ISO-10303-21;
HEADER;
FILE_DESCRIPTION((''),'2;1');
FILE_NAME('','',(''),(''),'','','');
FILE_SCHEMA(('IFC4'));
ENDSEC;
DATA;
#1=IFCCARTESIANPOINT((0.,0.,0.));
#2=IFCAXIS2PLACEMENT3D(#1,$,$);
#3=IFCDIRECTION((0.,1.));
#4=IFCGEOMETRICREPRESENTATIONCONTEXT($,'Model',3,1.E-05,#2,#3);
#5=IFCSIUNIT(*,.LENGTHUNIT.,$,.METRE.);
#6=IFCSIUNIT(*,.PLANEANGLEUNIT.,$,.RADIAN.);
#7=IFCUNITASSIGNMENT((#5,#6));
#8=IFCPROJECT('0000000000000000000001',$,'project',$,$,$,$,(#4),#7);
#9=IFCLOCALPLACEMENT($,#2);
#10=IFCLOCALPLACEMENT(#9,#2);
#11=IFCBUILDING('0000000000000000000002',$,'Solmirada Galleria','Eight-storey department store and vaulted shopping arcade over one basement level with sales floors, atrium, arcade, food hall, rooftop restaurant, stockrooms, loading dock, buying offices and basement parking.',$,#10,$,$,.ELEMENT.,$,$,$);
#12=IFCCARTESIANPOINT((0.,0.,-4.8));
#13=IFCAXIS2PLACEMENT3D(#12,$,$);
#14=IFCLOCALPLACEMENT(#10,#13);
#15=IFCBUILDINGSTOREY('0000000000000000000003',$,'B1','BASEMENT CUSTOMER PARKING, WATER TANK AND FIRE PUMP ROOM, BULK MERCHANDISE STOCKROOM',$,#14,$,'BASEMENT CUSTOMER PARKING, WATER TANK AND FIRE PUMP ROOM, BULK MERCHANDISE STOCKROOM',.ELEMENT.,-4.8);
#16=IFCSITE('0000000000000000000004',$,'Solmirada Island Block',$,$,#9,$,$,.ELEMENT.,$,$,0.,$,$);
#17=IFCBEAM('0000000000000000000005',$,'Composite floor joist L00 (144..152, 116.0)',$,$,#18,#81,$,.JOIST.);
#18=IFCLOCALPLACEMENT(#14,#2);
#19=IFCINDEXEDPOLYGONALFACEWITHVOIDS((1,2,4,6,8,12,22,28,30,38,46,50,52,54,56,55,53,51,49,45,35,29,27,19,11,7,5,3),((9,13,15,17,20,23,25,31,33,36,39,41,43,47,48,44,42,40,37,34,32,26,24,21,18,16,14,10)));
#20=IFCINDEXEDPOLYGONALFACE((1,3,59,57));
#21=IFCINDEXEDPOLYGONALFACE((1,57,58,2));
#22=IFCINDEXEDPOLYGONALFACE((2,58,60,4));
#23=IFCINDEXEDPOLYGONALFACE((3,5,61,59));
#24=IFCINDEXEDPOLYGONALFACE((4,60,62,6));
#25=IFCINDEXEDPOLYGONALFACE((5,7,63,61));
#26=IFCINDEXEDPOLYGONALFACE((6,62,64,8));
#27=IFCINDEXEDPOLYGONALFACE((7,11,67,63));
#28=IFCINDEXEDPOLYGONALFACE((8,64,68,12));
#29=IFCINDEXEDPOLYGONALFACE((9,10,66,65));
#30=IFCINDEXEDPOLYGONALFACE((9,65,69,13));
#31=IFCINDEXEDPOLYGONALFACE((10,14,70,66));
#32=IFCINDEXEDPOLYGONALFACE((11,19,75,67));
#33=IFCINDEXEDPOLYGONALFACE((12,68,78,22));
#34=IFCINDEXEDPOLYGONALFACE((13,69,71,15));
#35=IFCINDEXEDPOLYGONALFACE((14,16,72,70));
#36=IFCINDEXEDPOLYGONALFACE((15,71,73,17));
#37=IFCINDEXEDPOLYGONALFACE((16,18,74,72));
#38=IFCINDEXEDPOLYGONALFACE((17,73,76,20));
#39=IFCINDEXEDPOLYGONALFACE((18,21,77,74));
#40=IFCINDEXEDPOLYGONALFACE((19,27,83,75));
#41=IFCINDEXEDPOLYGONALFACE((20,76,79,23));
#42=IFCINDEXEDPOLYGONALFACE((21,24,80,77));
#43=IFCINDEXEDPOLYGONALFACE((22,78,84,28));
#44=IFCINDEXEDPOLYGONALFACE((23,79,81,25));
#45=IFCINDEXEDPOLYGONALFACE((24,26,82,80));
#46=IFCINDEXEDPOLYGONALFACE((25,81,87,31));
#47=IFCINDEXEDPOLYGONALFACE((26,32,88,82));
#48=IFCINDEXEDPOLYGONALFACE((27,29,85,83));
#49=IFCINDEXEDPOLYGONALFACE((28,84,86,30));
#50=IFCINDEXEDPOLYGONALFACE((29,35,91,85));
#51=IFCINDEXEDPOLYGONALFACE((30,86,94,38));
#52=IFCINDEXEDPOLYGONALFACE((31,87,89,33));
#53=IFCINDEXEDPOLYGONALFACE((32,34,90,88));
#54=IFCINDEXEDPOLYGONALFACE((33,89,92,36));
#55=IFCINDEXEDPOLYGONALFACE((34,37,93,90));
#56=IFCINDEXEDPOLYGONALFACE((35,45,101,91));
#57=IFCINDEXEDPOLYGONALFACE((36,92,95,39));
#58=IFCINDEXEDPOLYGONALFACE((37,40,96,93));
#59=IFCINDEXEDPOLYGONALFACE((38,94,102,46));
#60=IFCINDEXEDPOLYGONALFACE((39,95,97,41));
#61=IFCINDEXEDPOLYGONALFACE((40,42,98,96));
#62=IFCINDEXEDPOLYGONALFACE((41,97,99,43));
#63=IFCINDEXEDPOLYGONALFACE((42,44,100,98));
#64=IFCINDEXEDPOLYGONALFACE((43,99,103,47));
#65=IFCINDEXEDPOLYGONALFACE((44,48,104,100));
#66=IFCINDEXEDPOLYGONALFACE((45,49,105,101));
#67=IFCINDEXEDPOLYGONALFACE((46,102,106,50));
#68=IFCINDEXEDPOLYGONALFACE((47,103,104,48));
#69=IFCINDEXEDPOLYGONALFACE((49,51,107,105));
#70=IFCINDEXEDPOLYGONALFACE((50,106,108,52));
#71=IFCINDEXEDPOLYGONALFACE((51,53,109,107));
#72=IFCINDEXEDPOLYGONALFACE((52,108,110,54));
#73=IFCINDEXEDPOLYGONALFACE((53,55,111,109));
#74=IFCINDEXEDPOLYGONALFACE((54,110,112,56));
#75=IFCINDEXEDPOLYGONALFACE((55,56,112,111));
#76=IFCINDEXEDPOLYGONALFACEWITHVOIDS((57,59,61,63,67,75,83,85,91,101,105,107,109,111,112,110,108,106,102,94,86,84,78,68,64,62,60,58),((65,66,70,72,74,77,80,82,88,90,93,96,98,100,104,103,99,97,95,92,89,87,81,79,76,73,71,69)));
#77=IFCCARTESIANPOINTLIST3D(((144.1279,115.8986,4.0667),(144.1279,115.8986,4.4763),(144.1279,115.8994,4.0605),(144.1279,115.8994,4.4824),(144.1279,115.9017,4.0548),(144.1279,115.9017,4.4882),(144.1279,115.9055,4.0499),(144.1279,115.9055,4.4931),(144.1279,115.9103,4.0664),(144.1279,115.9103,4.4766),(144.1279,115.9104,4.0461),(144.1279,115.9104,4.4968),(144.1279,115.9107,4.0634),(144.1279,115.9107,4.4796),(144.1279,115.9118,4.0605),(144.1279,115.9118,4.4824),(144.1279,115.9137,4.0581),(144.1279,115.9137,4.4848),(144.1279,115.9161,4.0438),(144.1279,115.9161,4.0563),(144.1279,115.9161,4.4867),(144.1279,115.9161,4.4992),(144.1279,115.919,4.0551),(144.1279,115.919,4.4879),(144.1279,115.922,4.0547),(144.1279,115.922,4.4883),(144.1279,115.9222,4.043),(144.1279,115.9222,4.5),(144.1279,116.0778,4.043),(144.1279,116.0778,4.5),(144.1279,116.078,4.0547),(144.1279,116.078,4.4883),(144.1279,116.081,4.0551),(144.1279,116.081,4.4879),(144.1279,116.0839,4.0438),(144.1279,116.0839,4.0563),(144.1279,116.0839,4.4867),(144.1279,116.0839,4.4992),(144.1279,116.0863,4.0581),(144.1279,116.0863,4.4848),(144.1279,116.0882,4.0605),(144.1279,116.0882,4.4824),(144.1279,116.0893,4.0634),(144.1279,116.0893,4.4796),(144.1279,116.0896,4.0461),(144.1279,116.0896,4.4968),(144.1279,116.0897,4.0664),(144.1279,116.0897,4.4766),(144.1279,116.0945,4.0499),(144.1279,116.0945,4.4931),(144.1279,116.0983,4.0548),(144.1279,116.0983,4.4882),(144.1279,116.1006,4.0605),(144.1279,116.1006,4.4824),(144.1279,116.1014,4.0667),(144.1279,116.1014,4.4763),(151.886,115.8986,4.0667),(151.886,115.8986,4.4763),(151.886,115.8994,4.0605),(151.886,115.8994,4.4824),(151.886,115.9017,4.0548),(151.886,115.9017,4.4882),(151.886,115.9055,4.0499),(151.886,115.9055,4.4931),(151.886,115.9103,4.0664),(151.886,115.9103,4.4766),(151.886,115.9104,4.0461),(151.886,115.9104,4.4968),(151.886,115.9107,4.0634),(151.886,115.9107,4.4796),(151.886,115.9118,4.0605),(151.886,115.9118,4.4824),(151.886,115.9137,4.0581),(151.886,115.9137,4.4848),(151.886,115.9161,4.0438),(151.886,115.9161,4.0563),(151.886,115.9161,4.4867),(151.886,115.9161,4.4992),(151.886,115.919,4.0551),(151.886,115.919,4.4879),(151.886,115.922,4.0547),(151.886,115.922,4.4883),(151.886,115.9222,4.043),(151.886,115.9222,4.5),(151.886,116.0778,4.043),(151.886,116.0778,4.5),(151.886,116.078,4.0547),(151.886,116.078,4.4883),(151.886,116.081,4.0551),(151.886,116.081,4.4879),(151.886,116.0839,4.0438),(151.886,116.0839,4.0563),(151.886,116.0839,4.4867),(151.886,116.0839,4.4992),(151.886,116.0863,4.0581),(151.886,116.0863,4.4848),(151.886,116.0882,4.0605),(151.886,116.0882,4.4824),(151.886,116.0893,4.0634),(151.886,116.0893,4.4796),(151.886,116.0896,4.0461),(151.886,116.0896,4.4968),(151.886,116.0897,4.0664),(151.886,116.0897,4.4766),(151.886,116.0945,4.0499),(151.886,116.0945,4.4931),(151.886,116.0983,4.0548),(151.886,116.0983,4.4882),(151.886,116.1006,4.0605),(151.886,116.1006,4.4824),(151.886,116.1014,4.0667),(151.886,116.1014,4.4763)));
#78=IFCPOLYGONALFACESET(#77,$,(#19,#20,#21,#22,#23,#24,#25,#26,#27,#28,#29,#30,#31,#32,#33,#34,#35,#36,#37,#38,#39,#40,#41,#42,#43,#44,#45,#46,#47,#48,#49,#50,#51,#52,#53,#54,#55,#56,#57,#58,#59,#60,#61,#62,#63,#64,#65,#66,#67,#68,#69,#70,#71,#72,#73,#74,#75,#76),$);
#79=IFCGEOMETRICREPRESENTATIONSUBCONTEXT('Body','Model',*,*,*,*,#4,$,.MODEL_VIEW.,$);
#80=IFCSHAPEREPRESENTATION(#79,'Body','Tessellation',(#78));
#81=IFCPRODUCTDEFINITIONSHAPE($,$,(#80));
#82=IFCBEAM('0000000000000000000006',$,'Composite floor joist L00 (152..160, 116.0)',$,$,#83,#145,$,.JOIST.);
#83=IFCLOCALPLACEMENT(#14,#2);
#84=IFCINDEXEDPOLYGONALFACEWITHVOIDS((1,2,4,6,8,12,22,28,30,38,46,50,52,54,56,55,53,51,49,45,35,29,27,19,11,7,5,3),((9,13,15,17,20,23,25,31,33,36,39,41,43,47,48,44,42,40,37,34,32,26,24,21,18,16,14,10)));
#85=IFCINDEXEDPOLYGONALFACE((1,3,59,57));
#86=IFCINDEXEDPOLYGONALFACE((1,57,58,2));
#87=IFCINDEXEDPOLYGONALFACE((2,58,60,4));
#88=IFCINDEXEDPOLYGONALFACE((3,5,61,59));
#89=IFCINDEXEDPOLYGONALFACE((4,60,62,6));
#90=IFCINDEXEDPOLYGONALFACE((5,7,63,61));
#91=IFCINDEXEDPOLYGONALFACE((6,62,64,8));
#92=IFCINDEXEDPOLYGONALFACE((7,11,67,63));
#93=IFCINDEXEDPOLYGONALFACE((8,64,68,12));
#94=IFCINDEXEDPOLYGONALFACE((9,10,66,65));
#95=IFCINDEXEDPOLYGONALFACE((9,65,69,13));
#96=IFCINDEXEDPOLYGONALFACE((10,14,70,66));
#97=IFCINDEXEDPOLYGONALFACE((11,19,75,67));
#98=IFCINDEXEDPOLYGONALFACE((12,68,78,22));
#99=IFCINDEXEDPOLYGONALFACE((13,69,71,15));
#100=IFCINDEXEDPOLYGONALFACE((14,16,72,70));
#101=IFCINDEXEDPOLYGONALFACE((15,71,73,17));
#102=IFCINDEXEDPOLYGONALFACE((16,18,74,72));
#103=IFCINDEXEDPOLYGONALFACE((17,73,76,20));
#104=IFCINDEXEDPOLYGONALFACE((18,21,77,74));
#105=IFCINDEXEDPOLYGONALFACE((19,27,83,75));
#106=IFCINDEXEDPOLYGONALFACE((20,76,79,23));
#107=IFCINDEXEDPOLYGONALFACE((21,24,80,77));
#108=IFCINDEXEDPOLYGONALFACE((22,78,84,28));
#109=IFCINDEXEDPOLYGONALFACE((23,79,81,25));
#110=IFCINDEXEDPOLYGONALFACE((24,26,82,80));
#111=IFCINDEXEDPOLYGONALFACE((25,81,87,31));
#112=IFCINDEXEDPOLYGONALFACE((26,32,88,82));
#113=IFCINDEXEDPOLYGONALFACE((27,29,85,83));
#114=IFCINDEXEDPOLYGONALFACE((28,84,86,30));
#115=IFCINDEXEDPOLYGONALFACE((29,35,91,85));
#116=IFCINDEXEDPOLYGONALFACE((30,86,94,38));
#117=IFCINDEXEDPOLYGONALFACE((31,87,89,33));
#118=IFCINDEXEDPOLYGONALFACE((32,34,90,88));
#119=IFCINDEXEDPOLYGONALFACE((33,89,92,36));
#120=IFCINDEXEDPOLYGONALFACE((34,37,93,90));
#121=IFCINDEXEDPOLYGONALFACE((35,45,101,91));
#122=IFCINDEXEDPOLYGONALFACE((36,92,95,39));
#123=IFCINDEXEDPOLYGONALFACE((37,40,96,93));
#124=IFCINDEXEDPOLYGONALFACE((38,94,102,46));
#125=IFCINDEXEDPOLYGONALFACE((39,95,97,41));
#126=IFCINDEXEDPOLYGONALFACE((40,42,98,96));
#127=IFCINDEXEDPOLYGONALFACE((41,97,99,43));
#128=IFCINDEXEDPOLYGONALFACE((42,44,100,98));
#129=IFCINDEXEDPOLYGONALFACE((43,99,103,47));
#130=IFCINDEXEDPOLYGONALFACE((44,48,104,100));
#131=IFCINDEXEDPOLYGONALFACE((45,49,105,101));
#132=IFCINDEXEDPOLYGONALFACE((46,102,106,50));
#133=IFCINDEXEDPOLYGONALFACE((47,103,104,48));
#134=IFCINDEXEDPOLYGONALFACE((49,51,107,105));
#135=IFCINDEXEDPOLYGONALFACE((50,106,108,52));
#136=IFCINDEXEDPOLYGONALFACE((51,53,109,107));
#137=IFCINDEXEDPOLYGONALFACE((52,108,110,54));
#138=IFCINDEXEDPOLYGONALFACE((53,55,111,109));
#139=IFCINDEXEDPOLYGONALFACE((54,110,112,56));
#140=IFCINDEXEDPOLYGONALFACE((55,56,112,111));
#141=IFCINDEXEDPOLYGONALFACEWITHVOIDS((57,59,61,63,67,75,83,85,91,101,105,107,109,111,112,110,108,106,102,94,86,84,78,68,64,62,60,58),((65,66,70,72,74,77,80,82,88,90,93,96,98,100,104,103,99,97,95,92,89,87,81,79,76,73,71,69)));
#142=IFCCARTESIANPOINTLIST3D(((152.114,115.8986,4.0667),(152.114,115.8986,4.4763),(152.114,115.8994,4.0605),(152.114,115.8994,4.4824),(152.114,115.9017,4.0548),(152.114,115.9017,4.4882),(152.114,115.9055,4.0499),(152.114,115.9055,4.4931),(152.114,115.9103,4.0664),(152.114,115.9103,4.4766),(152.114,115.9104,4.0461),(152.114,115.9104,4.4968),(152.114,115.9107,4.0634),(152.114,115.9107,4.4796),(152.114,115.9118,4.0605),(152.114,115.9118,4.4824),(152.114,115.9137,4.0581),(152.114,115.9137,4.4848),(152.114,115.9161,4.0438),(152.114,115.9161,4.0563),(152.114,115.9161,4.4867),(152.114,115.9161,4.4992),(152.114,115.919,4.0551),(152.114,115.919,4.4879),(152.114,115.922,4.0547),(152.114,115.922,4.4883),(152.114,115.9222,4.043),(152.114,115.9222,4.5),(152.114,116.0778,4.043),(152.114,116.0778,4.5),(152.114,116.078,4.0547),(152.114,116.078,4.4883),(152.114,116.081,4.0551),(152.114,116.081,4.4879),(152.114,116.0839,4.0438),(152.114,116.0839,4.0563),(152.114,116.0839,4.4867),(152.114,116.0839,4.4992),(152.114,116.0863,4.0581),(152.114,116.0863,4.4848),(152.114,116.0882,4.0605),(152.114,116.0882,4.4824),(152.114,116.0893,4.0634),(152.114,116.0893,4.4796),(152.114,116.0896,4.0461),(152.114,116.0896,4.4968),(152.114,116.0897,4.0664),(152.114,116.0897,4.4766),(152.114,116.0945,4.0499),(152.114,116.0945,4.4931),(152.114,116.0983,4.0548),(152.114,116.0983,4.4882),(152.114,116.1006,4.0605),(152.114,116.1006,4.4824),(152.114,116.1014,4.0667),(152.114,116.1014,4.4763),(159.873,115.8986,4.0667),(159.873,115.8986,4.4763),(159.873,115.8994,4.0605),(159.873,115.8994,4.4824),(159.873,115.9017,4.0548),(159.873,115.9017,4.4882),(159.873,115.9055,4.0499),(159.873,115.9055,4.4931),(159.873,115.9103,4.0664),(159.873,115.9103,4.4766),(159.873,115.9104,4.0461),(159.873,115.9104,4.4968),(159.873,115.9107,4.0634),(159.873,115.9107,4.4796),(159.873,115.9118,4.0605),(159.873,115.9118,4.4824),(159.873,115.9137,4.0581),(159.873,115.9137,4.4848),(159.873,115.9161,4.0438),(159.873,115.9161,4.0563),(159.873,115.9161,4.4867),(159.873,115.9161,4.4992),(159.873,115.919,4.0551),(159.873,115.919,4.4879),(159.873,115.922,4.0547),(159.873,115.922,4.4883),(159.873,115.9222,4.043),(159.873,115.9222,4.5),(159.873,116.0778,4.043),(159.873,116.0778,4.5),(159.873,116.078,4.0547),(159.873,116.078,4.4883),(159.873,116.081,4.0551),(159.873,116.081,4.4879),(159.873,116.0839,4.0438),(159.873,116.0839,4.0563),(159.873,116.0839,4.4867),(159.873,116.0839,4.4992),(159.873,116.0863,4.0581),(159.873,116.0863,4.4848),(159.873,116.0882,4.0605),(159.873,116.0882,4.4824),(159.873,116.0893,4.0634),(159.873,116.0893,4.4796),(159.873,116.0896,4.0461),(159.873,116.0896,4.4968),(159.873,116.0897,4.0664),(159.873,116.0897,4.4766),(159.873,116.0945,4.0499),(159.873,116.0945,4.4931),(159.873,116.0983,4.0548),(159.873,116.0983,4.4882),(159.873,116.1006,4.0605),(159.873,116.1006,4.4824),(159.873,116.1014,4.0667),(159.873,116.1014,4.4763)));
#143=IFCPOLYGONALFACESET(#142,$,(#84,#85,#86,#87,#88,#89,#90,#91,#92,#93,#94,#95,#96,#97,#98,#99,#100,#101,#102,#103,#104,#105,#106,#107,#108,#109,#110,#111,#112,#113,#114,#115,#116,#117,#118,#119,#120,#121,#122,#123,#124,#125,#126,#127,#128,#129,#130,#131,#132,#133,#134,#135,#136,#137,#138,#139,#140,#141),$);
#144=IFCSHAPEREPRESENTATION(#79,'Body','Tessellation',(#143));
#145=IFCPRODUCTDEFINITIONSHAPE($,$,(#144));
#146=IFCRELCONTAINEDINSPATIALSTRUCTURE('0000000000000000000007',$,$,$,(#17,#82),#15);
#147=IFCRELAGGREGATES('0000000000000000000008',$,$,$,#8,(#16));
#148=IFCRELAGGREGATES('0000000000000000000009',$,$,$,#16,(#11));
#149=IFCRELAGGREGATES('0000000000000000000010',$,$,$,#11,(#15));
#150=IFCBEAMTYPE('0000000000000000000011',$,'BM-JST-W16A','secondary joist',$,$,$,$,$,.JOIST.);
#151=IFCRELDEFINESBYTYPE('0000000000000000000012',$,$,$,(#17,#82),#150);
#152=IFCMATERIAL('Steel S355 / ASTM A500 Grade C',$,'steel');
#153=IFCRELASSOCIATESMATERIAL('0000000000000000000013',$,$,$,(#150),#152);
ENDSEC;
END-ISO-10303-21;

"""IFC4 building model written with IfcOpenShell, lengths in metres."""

from ifc_helpers import new_model, si_unit, direction, frame, origin, origin_2d, place, context, subcontext, project, spatial, hollow_rectangle, extrude, material, material_profile, profile_set, type_object, element, save


model = new_model("IFC4")

# Units and contexts
model_context = context("Model", 3, precision=1e-05, world=origin(), true_north=direction((0.0, 1.0)))
body_context = subcontext(model_context, "Body", "Model", "MODEL_VIEW")
ifc_project = project(units=[si_unit("LENGTHUNIT", "METRE"), si_unit("PLANEANGLEUNIT", "RADIAN")], contexts=[model_context])

# Site, building, storey
site_placement = place(None, origin())
site = spatial("IfcSite", under=ifc_project, at=site_placement, Name="Solmirada Island Block", CompositionType="ELEMENT", RefElevation=0.0)
building_placement = place(site_placement, origin())
building = spatial("IfcBuilding", under=site, at=building_placement, Name="Solmirada Galleria", Description="Eight-storey department store and vaulted shopping arcade over one basement level with sales floors, atrium, arcade, food hall, rooftop restaurant, stockrooms, loading dock, buying offices and basement parking.", CompositionType="ELEMENT")
storey_placement = place(building_placement, frame((0.0, 0.0, -4.8)))
storey = spatial("IfcBuildingStorey", under=building, at=storey_placement, Name="B1", Description="BASEMENT CUSTOMER PARKING, WATER TANK AND FIRE PUMP ROOM, BULK MERCHANDISE STOCKROOM", LongName="BASEMENT CUSTOMER PARKING, WATER TANK AND FIRE PUMP ROOM, BULK MERCHANDISE STOCKROOM", CompositionType="ELEMENT", Elevation=-4.8)

# Shared definitions
ifc_material_1 = material(Name="Steel S355 / ASTM A500 Grade C", Category="steel")

# Beams
ifc_material_profile_1 = material_profile(ifc_material_1, hollow_rectangle(XDim=0.2029, YDim=0.457, WallThickness=0.0117, InnerFilletRadius=0.0117, OuterFilletRadius=0.0237, at=origin_2d()), Name="HSS18X8X1/2")
ifc_profile_set_1 = profile_set([ifc_material_profile_1], Name="Steel S355 / ASTM A500 Grade C")
beam_type_1 = type_object("IfcBeamType", Name="BM-JST-W16A", Description="secondary joist", PredefinedType="JOIST", material=ifc_profile_set_1)
beam_1_placement = place(storey_placement, frame((144.1279, 116.0, 4.2715), z_axis=(1.0, 0.0, 0.0), x_axis=(0.0, 1.0, 0.0)))
element("IfcBeam", 1, at=beam_1_placement, inside=storey, type_object=beam_type_1, Name="Composite floor joist L00 (144..152, 116.0)", PredefinedType="JOIST", context=body_context, shape_type="SweptSolid", body=[
    extrude(hollow_rectangle(XDim=0.2029, YDim=0.457, WallThickness=0.0117, InnerFilletRadius=0.0117, OuterFilletRadius=0.0237, at=origin_2d()), origin(), (0.0, 0.0, 1.0), 7.7581),
])
beam_2_placement = place(storey_placement, frame((152.114, 116.0, 4.2715), z_axis=(1.0, 0.0, 0.0), x_axis=(0.0, 1.0, 0.0)))
element("IfcBeam", 2, at=beam_2_placement, inside=storey, type_object=beam_type_1, Name="Composite floor joist L00 (152..160, 116.0)", PredefinedType="JOIST", context=body_context, shape_type="SweptSolid", body=[
    extrude(hollow_rectangle(XDim=0.2029, YDim=0.457, WallThickness=0.0117, InnerFilletRadius=0.0117, OuterFilletRadius=0.0237, at=origin_2d()), origin(), (0.0, 0.0, 1.0), 7.759),
])

save(model, "model.ifc")
